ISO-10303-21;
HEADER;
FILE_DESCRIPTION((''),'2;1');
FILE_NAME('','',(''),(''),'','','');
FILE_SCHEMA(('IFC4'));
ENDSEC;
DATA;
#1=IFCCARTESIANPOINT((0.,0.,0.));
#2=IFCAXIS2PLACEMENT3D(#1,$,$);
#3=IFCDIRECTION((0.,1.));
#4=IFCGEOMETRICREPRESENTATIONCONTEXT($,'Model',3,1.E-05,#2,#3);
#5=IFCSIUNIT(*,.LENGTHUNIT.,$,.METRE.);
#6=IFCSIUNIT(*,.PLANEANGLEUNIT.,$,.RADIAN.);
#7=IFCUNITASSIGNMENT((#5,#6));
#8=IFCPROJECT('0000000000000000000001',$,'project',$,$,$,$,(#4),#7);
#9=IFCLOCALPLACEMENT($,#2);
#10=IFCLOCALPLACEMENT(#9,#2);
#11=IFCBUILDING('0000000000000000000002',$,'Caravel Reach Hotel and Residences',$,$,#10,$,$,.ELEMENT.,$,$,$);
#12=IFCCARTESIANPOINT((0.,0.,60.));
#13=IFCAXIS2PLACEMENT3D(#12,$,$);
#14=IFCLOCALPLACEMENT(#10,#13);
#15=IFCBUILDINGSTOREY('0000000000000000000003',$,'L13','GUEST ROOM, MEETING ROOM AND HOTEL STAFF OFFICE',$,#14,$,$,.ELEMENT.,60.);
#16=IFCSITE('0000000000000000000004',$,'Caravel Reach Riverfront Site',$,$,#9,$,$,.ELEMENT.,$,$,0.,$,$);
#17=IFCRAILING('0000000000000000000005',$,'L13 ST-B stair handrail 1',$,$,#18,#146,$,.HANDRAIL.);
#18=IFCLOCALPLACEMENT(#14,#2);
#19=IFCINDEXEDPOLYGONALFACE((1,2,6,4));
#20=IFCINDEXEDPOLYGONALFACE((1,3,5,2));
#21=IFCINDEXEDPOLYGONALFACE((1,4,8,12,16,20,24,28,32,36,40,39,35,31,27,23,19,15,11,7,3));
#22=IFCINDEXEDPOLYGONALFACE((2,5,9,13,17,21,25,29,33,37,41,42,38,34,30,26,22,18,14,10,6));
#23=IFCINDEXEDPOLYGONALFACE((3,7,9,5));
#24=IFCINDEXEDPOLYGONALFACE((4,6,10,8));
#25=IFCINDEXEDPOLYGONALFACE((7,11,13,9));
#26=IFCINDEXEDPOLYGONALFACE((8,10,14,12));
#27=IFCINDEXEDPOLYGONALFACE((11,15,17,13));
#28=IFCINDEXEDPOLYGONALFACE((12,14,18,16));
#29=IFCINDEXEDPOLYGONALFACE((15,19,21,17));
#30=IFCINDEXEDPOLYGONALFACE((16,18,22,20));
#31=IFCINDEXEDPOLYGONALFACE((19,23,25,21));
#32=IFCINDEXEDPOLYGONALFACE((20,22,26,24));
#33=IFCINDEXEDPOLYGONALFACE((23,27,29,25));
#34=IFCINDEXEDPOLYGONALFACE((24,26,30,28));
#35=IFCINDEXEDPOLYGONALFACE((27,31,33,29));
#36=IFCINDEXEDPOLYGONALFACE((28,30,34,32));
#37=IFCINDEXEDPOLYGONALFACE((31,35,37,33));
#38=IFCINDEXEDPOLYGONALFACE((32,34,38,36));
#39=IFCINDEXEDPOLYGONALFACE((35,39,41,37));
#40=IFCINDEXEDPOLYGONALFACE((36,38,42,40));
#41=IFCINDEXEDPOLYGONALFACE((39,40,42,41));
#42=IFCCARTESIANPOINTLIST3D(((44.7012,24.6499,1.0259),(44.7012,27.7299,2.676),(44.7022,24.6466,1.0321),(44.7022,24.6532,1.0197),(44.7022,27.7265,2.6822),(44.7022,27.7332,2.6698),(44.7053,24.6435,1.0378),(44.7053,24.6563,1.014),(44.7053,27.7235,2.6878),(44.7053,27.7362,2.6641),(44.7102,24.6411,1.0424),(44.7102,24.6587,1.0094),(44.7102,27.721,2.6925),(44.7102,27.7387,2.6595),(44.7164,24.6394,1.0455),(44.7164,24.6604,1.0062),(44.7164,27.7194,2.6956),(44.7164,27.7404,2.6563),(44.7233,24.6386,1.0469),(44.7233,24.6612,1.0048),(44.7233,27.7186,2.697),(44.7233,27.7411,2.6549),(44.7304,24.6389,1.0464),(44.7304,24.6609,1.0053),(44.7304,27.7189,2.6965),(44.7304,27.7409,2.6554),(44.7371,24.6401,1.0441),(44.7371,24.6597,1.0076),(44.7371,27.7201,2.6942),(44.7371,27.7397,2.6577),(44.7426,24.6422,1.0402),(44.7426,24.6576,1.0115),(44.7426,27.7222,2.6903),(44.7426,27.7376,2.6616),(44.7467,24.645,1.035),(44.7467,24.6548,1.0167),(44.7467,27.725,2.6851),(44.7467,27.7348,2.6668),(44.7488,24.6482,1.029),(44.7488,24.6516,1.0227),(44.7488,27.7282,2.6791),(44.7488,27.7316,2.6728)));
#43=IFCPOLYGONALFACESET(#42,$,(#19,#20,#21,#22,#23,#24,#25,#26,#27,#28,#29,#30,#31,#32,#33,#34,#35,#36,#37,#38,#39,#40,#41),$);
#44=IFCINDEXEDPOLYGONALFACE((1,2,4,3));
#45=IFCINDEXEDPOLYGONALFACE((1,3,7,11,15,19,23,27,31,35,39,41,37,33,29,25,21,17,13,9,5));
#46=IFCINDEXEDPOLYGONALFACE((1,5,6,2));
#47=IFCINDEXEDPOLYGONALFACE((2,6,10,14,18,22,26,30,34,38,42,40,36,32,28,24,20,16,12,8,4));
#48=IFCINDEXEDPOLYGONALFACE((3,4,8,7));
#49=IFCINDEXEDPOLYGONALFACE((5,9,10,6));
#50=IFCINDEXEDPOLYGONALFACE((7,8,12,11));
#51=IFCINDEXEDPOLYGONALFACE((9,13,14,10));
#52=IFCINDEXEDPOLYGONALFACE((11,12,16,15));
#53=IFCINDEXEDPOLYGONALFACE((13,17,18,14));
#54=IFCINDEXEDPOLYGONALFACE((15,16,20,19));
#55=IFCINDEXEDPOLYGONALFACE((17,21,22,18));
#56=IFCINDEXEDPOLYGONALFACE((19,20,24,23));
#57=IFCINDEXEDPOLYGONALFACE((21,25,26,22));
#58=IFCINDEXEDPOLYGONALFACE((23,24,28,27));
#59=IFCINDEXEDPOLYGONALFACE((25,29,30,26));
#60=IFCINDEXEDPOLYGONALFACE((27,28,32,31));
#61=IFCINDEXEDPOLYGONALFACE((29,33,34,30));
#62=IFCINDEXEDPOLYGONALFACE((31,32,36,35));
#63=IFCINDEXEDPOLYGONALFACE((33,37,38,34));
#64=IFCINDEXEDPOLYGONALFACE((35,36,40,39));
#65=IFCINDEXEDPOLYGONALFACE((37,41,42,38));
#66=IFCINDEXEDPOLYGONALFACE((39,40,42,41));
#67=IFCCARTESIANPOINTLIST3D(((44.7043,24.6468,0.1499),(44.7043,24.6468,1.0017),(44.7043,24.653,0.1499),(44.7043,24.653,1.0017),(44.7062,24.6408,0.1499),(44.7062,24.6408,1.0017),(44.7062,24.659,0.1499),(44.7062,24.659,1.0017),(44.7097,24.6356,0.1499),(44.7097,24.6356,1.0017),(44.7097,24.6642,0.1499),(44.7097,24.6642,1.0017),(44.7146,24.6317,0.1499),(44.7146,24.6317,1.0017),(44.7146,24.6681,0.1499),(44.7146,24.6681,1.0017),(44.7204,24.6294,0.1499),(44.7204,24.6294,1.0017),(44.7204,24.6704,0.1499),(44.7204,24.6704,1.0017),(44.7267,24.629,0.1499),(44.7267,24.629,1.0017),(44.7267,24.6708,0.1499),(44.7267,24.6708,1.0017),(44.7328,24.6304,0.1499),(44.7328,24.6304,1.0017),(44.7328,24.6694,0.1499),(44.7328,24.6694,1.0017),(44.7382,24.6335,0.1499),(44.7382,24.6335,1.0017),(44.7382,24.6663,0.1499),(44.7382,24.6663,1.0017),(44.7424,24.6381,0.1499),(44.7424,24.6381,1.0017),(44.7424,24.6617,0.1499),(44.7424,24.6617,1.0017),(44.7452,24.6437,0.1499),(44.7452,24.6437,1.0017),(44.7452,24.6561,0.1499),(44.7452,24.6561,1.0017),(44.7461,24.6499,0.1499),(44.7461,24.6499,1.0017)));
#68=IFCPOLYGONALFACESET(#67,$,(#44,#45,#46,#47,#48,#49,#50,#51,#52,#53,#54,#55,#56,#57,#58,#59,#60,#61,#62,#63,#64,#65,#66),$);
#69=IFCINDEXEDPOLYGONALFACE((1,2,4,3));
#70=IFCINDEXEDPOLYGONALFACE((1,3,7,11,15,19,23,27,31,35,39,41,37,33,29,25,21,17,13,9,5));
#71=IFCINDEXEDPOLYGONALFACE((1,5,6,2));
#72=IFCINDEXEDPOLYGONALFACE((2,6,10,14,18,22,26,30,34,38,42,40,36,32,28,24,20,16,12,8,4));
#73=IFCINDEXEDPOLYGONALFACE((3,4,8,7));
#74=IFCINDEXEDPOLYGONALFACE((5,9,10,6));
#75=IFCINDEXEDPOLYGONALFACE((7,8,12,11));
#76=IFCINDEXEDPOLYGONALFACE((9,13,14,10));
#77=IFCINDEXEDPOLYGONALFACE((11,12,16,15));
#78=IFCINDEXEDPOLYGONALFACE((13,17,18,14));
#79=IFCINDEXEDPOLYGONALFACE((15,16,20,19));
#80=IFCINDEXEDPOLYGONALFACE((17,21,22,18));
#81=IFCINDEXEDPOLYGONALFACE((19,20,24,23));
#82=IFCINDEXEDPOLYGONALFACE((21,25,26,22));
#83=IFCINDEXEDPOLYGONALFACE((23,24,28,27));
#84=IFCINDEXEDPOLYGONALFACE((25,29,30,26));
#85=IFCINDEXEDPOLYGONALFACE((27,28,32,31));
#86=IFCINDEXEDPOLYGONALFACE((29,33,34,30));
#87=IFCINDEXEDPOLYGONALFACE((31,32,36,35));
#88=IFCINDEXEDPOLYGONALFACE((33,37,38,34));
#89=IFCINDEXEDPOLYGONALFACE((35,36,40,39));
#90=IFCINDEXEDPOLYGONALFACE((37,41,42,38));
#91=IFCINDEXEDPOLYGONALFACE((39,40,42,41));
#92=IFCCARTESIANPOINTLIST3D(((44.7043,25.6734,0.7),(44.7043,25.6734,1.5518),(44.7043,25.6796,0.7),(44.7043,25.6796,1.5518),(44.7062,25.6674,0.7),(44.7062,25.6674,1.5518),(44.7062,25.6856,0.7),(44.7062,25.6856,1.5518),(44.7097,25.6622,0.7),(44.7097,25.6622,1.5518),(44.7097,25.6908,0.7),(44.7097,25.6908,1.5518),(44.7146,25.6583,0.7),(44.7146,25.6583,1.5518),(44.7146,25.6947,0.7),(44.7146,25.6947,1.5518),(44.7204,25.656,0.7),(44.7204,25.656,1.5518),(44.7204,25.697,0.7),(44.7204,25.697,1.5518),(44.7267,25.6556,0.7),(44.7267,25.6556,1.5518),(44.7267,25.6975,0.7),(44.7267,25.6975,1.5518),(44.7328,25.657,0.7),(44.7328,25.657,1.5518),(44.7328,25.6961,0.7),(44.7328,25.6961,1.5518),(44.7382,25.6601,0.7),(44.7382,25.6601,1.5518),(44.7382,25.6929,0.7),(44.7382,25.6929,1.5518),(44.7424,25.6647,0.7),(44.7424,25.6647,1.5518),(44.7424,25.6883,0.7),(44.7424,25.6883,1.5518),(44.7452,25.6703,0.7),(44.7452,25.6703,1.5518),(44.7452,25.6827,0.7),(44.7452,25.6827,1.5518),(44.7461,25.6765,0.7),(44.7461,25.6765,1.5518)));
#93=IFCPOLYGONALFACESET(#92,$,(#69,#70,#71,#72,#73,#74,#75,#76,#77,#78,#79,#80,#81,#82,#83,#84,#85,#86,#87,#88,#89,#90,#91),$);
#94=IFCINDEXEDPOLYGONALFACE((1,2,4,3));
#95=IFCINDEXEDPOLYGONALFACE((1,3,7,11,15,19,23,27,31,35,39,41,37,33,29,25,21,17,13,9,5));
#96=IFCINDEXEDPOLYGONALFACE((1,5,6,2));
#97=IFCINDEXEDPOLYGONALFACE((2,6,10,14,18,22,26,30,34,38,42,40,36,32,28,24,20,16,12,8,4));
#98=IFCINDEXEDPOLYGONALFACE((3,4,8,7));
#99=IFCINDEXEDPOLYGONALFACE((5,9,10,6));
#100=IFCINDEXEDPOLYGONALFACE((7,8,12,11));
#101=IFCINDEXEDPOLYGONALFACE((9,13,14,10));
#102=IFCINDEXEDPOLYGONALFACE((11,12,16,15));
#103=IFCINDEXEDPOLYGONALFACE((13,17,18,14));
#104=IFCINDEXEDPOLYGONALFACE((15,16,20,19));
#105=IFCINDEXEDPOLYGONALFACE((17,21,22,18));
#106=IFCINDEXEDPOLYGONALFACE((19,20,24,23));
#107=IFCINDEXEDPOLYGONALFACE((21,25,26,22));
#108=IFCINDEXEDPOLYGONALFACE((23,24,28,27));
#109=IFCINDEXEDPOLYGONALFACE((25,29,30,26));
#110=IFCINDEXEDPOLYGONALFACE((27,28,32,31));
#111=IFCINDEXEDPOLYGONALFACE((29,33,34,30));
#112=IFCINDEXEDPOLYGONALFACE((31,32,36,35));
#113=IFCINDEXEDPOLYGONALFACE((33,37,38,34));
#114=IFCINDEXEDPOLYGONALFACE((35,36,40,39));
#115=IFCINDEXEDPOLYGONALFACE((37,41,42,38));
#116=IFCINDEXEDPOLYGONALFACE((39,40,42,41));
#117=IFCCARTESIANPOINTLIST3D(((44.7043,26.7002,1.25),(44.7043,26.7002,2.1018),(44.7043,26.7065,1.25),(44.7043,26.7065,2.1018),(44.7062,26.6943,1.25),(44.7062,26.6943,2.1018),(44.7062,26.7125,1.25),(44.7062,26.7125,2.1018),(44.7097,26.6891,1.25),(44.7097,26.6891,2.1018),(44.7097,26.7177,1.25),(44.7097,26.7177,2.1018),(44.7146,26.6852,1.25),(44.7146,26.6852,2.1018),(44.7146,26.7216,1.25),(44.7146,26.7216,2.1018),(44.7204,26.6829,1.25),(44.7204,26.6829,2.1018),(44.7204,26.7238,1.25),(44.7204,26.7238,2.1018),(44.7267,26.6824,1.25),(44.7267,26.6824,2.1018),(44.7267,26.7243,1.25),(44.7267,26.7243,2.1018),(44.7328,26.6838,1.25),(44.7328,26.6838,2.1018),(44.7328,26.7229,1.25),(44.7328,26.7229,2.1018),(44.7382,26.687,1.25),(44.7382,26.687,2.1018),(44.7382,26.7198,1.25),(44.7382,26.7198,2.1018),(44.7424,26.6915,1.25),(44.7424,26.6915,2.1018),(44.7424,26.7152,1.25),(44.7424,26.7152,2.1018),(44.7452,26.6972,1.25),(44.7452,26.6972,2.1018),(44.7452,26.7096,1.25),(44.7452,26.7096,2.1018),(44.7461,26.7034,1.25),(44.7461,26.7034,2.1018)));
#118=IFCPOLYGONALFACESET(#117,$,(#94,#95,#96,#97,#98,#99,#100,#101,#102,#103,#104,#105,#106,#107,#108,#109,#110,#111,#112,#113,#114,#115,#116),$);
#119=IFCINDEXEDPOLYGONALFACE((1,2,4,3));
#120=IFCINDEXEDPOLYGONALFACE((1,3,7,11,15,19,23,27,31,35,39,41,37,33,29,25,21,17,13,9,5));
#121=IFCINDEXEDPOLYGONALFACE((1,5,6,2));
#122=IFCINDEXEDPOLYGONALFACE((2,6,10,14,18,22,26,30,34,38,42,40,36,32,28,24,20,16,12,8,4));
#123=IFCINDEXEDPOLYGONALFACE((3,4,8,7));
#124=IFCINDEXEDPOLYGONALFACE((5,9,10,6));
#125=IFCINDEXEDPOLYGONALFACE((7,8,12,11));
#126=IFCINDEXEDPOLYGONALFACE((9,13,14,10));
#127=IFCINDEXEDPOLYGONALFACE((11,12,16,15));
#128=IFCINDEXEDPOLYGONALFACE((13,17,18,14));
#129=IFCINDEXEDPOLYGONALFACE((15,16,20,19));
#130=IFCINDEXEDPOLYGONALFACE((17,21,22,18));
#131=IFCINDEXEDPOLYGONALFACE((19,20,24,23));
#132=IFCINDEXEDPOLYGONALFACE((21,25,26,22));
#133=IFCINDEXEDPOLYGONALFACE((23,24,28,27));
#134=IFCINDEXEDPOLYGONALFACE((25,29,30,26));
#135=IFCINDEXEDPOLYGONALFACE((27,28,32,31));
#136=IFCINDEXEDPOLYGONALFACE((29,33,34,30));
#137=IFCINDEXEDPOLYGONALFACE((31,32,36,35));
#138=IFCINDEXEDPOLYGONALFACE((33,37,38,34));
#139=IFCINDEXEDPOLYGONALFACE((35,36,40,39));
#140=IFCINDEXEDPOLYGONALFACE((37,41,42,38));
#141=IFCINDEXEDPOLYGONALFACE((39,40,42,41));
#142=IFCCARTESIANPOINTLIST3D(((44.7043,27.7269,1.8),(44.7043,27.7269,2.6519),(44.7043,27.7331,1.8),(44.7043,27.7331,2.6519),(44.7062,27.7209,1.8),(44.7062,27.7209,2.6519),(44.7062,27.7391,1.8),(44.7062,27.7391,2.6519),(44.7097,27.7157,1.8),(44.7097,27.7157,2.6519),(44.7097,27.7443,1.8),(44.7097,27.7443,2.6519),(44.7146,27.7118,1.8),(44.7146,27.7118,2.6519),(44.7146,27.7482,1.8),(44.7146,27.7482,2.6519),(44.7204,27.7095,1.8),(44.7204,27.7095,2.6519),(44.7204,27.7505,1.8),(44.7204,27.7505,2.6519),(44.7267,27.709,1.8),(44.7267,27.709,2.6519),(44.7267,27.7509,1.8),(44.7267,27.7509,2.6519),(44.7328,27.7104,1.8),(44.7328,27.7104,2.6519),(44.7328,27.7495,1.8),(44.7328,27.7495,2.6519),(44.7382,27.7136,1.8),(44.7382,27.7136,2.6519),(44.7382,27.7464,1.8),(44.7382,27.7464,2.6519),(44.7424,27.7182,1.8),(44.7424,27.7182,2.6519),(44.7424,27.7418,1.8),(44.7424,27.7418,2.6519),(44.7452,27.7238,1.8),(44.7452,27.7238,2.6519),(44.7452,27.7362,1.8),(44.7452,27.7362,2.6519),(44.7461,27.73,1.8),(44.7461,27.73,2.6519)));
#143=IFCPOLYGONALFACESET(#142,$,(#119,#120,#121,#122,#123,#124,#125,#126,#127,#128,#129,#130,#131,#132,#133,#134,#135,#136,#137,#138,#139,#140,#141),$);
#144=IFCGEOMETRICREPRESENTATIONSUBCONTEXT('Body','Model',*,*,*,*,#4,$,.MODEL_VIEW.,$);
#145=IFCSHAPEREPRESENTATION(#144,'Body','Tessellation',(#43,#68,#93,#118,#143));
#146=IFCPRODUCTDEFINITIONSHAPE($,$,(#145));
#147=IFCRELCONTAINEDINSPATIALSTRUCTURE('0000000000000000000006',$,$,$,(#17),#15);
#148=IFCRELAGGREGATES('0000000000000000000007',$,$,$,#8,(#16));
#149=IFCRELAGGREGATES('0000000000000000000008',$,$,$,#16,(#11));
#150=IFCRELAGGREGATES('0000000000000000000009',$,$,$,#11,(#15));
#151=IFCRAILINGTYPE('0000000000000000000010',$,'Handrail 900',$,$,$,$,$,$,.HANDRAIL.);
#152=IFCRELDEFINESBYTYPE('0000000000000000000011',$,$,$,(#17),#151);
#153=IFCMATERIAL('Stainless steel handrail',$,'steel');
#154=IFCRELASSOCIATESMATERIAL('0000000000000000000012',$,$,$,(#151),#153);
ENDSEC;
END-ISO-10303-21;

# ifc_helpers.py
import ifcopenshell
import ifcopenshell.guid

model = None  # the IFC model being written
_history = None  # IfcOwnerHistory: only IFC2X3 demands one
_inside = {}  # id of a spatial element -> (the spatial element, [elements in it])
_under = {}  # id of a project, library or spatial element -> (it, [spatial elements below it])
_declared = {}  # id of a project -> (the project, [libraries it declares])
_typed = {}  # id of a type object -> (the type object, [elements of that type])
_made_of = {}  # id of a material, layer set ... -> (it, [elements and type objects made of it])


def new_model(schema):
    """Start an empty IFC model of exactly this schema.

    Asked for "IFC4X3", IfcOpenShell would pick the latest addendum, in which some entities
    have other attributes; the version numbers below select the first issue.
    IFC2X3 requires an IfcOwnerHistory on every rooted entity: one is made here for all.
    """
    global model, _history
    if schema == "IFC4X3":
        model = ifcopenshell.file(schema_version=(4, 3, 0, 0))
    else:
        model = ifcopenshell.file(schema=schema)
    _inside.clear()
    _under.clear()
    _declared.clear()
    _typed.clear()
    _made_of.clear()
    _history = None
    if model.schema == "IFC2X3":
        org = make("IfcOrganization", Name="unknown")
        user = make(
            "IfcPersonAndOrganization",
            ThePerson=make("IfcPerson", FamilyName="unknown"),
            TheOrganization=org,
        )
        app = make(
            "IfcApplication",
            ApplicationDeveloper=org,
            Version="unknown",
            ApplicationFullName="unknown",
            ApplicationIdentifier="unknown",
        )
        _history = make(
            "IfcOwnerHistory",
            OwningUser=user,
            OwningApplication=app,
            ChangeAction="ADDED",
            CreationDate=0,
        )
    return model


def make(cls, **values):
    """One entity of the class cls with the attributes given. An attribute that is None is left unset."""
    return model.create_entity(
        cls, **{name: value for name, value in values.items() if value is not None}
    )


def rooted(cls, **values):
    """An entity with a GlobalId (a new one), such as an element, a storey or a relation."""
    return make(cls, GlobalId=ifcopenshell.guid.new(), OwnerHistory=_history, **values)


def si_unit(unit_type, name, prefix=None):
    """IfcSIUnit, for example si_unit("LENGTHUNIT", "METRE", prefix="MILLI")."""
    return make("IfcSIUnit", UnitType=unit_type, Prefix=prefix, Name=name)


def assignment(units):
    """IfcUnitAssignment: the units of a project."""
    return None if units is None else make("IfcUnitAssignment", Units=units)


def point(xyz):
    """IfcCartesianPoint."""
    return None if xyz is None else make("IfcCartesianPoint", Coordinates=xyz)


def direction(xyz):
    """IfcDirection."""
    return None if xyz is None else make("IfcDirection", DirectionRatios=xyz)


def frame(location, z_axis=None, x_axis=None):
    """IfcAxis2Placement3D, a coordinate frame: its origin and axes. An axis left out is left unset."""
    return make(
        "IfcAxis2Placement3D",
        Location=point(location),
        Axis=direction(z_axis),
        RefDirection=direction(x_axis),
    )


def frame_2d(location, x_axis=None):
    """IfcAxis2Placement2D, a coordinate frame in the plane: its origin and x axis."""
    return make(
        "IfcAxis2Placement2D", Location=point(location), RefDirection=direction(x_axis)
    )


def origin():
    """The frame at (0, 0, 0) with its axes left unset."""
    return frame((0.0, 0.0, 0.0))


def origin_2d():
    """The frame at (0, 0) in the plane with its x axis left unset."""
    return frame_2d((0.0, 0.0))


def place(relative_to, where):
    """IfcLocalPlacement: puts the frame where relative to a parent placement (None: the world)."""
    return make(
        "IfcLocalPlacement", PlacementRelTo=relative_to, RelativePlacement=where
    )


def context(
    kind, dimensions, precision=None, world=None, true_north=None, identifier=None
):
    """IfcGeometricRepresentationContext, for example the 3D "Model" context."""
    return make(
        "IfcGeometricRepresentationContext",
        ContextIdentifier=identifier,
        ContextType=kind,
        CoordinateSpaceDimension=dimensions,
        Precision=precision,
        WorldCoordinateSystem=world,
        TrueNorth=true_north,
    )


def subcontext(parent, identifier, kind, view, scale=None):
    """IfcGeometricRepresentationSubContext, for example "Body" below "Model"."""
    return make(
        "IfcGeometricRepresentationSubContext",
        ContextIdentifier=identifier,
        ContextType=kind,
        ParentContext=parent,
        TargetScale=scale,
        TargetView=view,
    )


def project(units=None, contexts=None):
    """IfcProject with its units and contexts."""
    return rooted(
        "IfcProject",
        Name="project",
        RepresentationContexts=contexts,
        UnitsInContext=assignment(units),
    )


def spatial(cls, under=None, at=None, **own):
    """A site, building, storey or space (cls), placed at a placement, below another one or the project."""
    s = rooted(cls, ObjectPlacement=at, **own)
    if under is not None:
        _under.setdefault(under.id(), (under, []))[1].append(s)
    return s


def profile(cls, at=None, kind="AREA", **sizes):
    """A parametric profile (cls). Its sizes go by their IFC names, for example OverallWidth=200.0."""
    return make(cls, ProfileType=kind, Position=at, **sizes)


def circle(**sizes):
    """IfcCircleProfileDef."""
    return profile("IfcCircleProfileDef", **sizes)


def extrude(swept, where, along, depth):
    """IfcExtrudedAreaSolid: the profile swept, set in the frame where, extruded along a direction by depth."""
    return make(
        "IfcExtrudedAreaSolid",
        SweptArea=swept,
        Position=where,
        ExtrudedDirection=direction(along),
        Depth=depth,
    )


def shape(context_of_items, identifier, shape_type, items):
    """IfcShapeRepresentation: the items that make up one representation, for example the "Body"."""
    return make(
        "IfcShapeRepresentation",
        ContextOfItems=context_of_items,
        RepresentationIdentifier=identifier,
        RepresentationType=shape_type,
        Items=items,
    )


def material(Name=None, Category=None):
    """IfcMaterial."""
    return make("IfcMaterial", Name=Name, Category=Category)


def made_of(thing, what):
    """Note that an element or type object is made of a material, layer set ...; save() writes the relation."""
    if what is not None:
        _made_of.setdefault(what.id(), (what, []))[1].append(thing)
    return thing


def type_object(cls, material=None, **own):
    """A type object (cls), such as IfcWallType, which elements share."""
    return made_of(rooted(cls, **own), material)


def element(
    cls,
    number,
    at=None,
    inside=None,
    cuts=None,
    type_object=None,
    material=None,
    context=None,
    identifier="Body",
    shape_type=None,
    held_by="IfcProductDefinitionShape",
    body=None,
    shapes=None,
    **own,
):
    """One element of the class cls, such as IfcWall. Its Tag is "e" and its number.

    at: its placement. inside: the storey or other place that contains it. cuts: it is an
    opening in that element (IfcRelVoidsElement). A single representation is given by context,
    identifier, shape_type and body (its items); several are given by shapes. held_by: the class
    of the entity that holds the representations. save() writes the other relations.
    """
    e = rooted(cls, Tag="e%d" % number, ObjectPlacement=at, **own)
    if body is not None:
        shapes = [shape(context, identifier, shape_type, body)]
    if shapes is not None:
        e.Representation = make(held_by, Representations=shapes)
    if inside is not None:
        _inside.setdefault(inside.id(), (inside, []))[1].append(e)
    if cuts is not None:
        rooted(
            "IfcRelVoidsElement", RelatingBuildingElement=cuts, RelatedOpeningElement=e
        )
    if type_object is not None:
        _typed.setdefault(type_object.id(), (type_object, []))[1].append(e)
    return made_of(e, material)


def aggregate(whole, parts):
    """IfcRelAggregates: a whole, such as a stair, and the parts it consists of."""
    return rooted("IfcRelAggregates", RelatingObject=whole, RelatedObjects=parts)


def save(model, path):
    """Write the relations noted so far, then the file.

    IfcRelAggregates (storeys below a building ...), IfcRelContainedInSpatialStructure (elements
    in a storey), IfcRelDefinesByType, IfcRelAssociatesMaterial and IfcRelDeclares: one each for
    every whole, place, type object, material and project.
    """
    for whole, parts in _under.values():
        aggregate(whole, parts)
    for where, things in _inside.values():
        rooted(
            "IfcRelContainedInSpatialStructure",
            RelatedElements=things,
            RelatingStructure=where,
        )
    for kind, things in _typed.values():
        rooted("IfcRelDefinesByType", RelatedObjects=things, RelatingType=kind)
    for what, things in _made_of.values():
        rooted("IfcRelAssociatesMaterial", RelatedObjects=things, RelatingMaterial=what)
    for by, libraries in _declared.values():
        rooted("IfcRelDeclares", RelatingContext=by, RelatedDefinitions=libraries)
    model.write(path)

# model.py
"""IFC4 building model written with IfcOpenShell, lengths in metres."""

from ifc_helpers import new_model, si_unit, direction, frame, origin, origin_2d, place, context, subcontext, project, spatial, circle, extrude, material, type_object, element, save


model = new_model("IFC4")

# Units and contexts
model_context = context("Model", 3, precision=1e-05, world=origin(), true_north=direction((0.0, 1.0)))
body_context = subcontext(model_context, "Body", "Model", "MODEL_VIEW")
ifc_project = project(units=[si_unit("LENGTHUNIT", "METRE"), si_unit("PLANEANGLEUNIT", "RADIAN")], contexts=[model_context])

# Site, building, storey
site_placement = place(None, origin())
site = spatial("IfcSite", under=ifc_project, at=site_placement, Name="Caravel Reach Riverfront Site", CompositionType="ELEMENT", RefElevation=0.0)
building_placement = place(site_placement, origin())
building = spatial("IfcBuilding", under=site, at=building_placement, Name="Caravel Reach Hotel and Residences", CompositionType="ELEMENT")
storey_placement = place(building_placement, frame((0.0, 0.0, 60.0)))
storey = spatial("IfcBuildingStorey", under=building, at=storey_placement, Name="L13", Description="GUEST ROOM, MEETING ROOM AND HOTEL STAFF OFFICE", CompositionType="ELEMENT", Elevation=60.0)

# Railing
ifc_material_1 = material(Name="Stainless steel handrail", Category="steel")
railing_type_1 = type_object("IfcRailingType", Name="Handrail 900", PredefinedType="HANDRAIL", material=ifc_material_1)
railing_1_placement = place(storey_placement, frame((44.7251, 24.6499, 0.1499)))
element("IfcRailing", 1, at=railing_1_placement, inside=storey, type_object=railing_type_1, Name="L13 ST-B stair handrail 1", PredefinedType="HANDRAIL", context=body_context, shape_type="SweptSolid", body=[
    extrude(circle(Radius=0.0239, at=origin_2d()), frame((0.0, 0.0, 0.876), z_axis=(0.0, 0.881468, 0.472245), x_axis=(-1.0, 0.0, 0.0)), (0.0, 0.0, 1.0), 3.4941),
    extrude(circle(Radius=0.021, at=origin_2d()), origin(), (0.0, 0.0, 1.0), 0.8518),
    extrude(circle(Radius=0.021, at=origin_2d()), frame((0.0, 1.0266, 0.55)), (0.0, 0.0, 1.0), 0.8518),
    extrude(circle(Radius=0.021, at=origin_2d()), frame((0.0, 2.0535, 1.1001)), (0.0, 0.0, 1.0), 0.8518),
    extrude(circle(Radius=0.021, at=origin_2d()), frame((0.0, 3.0801, 1.6501)), (0.0, 0.0, 1.0), 0.8518),
])

save(model, "model.ifc")
